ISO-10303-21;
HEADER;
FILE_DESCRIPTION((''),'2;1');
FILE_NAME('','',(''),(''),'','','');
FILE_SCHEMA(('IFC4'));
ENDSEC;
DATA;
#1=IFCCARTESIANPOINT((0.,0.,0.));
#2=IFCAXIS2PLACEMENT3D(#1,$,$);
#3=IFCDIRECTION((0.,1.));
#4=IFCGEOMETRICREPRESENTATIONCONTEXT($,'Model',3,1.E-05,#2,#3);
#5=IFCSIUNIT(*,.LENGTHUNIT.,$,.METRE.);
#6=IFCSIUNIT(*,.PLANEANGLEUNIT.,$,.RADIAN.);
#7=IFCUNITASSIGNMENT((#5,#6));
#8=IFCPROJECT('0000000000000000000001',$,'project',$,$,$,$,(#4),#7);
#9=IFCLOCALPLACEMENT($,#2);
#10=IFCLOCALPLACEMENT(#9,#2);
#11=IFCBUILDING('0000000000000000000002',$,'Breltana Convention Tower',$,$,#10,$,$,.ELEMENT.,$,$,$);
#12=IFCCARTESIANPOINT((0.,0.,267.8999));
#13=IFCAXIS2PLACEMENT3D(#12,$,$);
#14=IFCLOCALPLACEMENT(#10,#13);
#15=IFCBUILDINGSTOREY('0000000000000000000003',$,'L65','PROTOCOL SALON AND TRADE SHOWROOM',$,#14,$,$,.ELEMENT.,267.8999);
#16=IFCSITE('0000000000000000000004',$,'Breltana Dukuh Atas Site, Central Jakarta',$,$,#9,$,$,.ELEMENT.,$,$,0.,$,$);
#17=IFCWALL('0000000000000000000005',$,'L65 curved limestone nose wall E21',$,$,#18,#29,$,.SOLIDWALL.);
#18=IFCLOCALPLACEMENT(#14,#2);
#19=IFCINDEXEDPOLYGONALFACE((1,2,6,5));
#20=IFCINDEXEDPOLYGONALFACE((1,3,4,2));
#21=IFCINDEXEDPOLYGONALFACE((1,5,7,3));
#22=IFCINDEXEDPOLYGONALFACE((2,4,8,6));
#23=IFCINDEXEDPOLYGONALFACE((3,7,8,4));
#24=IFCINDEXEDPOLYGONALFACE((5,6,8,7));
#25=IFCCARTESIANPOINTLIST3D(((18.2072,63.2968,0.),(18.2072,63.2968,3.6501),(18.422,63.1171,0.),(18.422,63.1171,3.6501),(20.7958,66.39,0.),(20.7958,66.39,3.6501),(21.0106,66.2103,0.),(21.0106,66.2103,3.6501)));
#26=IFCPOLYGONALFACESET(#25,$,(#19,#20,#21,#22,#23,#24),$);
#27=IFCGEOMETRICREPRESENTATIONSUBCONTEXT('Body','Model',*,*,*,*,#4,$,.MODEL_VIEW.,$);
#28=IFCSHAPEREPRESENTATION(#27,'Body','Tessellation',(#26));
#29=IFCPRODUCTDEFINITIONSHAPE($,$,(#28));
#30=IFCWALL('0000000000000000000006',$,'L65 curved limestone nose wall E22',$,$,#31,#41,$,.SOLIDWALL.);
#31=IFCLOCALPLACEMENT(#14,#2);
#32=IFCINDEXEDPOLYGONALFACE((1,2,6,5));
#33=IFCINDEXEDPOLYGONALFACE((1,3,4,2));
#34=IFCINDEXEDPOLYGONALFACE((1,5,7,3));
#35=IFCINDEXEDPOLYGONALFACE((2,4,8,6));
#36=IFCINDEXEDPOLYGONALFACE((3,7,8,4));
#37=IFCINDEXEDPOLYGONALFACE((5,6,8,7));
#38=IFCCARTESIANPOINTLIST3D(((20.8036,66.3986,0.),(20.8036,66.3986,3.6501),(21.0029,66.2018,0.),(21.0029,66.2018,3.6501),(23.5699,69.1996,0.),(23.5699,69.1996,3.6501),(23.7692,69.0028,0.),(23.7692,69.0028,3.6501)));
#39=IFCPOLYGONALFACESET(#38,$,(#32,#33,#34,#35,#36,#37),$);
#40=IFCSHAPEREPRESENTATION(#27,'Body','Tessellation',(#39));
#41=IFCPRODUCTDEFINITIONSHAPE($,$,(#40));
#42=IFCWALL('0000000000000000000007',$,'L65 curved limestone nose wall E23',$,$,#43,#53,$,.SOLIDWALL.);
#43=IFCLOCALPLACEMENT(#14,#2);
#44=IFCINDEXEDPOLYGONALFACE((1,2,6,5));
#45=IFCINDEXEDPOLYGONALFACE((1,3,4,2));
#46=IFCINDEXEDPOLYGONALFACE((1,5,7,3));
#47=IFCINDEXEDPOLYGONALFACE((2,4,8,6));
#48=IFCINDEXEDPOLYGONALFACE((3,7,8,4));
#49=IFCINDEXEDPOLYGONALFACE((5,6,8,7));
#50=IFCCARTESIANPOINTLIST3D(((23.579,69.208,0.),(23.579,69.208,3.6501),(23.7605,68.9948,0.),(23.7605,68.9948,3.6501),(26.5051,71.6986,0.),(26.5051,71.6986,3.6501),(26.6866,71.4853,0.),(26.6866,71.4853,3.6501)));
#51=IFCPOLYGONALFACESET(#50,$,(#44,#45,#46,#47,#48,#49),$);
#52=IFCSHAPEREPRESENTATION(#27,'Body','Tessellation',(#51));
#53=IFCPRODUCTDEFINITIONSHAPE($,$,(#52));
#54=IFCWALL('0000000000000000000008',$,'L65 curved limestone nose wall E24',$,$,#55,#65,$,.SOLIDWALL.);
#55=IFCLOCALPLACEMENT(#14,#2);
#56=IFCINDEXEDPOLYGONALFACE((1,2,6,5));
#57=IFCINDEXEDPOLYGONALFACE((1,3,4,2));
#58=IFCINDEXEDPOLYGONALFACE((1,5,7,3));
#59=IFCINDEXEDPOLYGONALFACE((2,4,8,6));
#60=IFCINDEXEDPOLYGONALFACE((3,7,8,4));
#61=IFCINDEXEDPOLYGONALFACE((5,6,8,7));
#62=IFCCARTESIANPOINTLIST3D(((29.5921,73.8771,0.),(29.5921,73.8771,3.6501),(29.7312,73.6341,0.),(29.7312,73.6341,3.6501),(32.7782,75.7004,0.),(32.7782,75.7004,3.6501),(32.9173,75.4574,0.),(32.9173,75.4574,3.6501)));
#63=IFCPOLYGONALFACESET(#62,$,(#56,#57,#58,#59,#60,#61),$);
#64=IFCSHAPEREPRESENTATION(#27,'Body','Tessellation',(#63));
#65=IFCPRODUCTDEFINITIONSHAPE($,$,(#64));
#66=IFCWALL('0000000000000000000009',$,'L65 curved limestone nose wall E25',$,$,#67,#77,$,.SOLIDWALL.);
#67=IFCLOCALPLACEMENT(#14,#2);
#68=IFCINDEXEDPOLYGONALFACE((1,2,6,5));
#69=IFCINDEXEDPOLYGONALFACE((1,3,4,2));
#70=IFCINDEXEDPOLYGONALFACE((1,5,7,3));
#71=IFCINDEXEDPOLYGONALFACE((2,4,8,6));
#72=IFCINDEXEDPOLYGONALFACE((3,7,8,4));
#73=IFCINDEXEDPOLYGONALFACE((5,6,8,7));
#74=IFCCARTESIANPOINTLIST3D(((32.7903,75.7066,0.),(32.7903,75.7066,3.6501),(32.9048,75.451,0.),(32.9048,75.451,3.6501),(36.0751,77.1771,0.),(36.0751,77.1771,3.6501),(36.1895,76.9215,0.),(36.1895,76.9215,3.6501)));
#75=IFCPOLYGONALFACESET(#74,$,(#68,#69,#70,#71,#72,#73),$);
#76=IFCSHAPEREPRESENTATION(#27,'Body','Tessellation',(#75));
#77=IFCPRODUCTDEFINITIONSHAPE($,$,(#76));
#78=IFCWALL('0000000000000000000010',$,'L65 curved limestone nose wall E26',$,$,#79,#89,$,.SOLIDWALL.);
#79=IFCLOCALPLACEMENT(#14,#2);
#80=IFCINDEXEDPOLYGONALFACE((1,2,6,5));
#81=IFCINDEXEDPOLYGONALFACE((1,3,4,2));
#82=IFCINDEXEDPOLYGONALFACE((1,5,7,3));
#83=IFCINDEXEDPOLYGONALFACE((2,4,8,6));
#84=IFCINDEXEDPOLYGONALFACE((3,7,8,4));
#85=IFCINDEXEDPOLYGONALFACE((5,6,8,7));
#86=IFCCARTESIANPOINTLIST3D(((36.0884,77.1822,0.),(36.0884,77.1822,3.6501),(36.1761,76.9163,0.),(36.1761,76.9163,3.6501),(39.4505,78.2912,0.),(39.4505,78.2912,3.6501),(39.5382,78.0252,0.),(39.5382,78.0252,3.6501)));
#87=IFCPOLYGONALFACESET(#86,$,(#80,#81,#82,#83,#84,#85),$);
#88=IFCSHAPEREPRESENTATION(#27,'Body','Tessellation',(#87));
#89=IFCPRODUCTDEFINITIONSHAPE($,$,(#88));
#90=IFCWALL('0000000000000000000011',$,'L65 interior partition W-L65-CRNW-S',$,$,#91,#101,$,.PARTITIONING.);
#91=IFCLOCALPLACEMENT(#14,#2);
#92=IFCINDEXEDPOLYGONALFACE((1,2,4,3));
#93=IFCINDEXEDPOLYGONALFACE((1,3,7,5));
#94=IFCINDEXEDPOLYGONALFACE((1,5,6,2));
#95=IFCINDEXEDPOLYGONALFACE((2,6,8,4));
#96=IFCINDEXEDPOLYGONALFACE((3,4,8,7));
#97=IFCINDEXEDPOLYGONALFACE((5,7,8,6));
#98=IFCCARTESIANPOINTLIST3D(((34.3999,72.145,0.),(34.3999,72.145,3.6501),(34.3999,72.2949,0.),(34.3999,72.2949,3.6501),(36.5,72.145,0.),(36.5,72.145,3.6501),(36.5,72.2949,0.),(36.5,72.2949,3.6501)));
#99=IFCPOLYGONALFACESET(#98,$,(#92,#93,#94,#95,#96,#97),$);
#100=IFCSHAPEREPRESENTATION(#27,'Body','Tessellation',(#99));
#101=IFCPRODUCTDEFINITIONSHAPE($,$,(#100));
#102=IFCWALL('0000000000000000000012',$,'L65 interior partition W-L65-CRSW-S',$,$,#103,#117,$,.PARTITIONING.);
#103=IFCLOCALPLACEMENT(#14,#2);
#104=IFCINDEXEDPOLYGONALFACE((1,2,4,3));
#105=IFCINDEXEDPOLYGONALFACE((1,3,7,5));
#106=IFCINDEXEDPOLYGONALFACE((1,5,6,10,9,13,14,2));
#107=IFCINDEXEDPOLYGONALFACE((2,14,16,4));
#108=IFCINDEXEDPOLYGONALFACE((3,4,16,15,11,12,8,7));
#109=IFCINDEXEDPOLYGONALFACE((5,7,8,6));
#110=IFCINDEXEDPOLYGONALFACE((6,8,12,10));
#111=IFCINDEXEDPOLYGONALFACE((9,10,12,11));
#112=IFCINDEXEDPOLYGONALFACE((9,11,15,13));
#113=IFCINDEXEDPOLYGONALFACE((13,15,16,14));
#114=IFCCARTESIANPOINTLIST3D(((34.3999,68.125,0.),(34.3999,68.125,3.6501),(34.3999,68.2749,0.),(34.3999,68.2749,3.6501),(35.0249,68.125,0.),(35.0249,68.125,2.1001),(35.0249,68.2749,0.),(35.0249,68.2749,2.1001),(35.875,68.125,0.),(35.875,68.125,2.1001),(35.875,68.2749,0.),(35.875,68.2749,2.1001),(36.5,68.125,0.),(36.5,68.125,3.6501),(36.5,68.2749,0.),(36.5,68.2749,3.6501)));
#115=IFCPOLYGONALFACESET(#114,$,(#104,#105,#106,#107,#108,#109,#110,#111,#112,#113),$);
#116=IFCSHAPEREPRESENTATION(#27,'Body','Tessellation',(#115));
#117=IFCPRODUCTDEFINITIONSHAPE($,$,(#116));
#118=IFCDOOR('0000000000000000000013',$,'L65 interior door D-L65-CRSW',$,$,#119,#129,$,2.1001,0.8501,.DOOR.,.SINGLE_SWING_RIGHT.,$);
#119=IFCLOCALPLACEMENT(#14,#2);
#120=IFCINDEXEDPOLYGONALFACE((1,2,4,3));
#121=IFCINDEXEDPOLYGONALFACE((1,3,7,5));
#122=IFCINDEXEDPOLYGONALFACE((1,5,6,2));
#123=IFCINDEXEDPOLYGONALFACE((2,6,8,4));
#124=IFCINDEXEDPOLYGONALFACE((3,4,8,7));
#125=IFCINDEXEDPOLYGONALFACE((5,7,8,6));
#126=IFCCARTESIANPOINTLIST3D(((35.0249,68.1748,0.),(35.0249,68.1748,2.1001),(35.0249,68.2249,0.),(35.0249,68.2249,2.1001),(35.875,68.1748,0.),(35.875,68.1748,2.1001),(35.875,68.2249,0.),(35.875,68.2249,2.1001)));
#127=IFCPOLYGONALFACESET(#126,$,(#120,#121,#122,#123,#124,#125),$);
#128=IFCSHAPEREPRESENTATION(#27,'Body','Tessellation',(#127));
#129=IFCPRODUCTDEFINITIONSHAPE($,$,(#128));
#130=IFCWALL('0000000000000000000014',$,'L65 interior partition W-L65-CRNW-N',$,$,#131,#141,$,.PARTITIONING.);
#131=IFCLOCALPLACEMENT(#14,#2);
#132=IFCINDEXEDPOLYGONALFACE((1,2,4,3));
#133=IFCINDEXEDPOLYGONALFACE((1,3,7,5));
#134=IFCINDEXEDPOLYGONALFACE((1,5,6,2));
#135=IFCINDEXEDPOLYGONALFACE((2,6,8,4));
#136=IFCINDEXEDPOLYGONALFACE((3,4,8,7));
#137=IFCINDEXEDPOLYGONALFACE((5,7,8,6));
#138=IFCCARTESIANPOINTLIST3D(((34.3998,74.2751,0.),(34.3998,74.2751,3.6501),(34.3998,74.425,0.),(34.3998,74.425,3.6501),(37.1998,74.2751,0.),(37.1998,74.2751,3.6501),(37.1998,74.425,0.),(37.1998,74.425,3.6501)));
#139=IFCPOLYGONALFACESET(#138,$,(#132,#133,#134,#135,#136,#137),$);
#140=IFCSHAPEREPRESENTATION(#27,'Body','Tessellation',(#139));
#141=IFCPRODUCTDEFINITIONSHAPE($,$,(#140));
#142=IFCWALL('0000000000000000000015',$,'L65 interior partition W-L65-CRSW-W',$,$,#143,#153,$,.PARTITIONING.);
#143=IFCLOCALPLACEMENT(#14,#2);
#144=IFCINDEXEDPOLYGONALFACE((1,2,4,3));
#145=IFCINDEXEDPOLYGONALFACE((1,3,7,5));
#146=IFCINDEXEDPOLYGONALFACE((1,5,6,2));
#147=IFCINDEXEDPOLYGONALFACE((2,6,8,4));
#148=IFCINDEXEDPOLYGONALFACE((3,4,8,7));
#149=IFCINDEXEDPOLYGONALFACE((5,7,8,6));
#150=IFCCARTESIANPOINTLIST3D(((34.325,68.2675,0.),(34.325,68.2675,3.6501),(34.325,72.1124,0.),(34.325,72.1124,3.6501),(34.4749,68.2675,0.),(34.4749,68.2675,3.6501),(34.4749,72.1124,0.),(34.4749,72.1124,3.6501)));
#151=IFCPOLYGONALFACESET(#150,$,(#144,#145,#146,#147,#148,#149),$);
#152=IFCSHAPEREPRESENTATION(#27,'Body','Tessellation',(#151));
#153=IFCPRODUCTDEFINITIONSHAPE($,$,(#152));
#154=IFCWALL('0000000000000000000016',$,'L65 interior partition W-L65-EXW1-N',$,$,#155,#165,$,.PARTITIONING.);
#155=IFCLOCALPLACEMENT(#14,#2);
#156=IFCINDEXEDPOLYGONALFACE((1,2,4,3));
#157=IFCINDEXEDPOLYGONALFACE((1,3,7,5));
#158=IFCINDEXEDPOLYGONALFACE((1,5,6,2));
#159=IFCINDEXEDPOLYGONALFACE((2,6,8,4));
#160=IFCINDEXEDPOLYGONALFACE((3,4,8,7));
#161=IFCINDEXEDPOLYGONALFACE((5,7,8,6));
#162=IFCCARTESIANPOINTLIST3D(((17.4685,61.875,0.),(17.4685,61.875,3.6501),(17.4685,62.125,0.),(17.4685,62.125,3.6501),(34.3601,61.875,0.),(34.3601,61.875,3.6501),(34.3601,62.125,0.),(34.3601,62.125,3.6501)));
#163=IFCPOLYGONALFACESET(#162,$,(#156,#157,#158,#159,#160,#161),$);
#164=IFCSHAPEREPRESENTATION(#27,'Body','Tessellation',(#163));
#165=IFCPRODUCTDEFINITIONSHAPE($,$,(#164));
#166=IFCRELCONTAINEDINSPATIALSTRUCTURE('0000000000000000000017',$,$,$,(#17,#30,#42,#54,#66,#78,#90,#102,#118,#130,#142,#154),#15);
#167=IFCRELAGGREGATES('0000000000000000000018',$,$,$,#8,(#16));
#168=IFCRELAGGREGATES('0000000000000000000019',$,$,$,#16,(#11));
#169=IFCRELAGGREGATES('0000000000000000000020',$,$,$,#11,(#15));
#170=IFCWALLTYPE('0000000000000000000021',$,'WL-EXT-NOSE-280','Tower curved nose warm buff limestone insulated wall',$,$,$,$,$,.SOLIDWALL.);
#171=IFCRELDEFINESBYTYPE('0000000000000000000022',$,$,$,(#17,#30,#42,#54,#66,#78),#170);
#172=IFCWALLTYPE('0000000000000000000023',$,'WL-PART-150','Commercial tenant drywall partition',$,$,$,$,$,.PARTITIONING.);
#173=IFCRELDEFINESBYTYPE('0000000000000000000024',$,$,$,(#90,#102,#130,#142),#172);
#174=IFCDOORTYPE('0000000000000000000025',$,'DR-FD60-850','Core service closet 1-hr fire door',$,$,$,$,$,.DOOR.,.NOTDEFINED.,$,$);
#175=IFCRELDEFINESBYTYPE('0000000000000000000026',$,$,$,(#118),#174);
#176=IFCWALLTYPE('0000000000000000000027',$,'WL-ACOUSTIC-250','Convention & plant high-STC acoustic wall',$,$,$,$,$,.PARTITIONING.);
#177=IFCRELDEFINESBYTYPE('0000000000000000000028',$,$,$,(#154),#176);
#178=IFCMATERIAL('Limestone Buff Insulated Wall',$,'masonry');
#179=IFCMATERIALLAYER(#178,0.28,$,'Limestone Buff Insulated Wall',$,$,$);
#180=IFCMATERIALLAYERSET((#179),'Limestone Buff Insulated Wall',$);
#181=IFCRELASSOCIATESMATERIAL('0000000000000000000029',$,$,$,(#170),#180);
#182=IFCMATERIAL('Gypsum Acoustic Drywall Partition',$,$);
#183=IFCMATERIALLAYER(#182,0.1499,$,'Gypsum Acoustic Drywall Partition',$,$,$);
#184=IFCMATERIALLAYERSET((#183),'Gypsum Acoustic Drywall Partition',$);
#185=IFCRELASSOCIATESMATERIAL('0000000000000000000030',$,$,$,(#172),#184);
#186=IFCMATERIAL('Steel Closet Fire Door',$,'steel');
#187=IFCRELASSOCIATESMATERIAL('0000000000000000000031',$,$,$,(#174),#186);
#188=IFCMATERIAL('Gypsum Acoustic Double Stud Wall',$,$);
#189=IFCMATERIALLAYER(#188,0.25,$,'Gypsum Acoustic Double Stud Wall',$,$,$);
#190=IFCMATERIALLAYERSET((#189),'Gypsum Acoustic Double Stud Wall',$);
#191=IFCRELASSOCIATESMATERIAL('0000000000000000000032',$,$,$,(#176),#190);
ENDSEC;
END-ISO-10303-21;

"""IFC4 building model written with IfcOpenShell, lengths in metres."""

from ifc_helpers import new_model, si_unit, direction, frame, frame_2d, origin, place, context, subcontext, project, spatial, rectangle, extrude, source, transform, mapped, material, layer, layer_set, type_object, type_shapes, element, fill, save


model = new_model("IFC4")

# Units and contexts
model_context = context("Model", 3, precision=1e-05, world=origin(), true_north=direction((0.0, 1.0)))
body_context = subcontext(model_context, "Body", "Model", "MODEL_VIEW")
ifc_project = project(units=[si_unit("LENGTHUNIT", "METRE"), si_unit("PLANEANGLEUNIT", "RADIAN")], contexts=[model_context])

# Site, building, storey
site_placement = place(None, origin())
site = spatial("IfcSite", under=ifc_project, at=site_placement, Name="Breltana Dukuh Atas Site, Central Jakarta", CompositionType="ELEMENT", RefElevation=0.0)
building_placement = place(site_placement, origin())
building = spatial("IfcBuilding", under=site, at=building_placement, Name="Breltana Convention Tower", CompositionType="ELEMENT")
storey_placement = place(building_placement, frame((0.0, 0.0, 267.8999)))
storey = spatial("IfcBuildingStorey", under=building, at=storey_placement, Name="L65", Description="PROTOCOL SALON AND TRADE SHOWROOM", CompositionType="ELEMENT", Elevation=267.8999)

# Walls
ifc_material_1 = material(Name="Limestone Buff Insulated Wall", Category="masonry")
ifc_layer_1 = layer(ifc_material_1, 0.28, Name="Limestone Buff Insulated Wall")
ifc_layer_set_1 = layer_set([ifc_layer_1], Name="Limestone Buff Insulated Wall")
wall_type_1 = type_object("IfcWallType", Name="WL-EXT-NOSE-280", Description="Tower curved nose warm buff limestone insulated wall", PredefinedType="SOLIDWALL", material=ifc_layer_set_1)
shared_shape_1 = source(origin(), body_context, "Body", "SweptSolid", [
    extrude(rectangle(XDim=4.0334, YDim=0.28, at=frame_2d((2.0166, 0.0))), origin(), (0.0, 0.0, 1.0), 3.6501),
])
wall_1_placement = place(storey_placement, frame((18.3147, 63.207, 0.0), z_axis=(0.0, 0.0, 1.0), x_axis=(0.641779, 0.76689, 0.0)))
element("IfcWall", 1, at=wall_1_placement, inside=storey, type_object=wall_type_1, Name="L65 curved limestone nose wall E21", PredefinedType="SOLIDWALL", context=body_context, shape_type="MappedRepresentation", body=[
    mapped(shared_shape_1, transform((0.0, 0.0, 0.0), scale=1.0)),
])
shared_shape_2 = source(origin(), body_context, "Body", "SweptSolid", [
    extrude(rectangle(XDim=3.9368, YDim=0.28, at=frame_2d((1.9683, 0.0))), origin(), (0.0, 0.0, 1.0), 3.6501),
])
wall_2_placement = place(storey_placement, frame((20.9033, 66.3003, 0.0), z_axis=(0.0, 0.0, 1.0), x_axis=(0.70269, 0.711496, 0.0)))
element("IfcWall", 2, at=wall_2_placement, inside=storey, type_object=wall_type_1, Name="L65 curved limestone nose wall E22", PredefinedType="SOLIDWALL", context=body_context, shape_type="MappedRepresentation", body=[
    mapped(shared_shape_2, transform((0.0, 0.0, 0.0), scale=1.0)),
])
shared_shape_3 = source(origin(), body_context, "Body", "SweptSolid", [
    extrude(rectangle(XDim=3.8425, YDim=0.28, at=frame_2d((1.9214, 0.0))), origin(), (0.0, 0.0, 1.0), 3.6501),
])
wall_3_placement = place(storey_placement, frame((23.6697, 69.1013, 0.0), z_axis=(0.0, 0.0, 1.0), x_axis=(0.761508, 0.648155, 0.0)))
element("IfcWall", 3, at=wall_3_placement, inside=storey, type_object=wall_type_1, Name="L65 curved limestone nose wall E23", PredefinedType="SOLIDWALL", context=body_context, shape_type="MappedRepresentation", body=[
    mapped(shared_shape_3, transform((0.0, 0.0, 0.0), scale=1.0)),
])
shared_shape_4 = source(origin(), body_context, "Body", "SweptSolid", [
    extrude(rectangle(XDim=3.6709, YDim=0.28, at=frame_2d((1.8354, 0.0))), origin(), (0.0, 0.0, 1.0), 3.6501),
])
wall_4_placement = place(storey_placement, frame((29.6616, 73.7556, 0.0), z_axis=(0.0, 0.0, 1.0), x_axis=(0.867932, 0.496683, 0.0)))
element("IfcWall", 4, at=wall_4_placement, inside=storey, type_object=wall_type_1, Name="L65 curved limestone nose wall E24", PredefinedType="SOLIDWALL", context=body_context, shape_type="MappedRepresentation", body=[
    mapped(shared_shape_4, transform((0.0, 0.0, 0.0), scale=1.0)),
])
shared_shape_5 = source(origin(), body_context, "Body", "SweptSolid", [
    extrude(rectangle(XDim=3.5989, YDim=0.28, at=frame_2d((1.7993, 0.0))), origin(), (0.0, 0.0, 1.0), 3.6501),
])
wall_5_placement = place(storey_placement, frame((32.8477, 75.5789, 0.0), z_axis=(0.0, 0.0, 1.0), x_axis=(0.912714, 0.408598, 0.0)))
element("IfcWall", 5, at=wall_5_placement, inside=storey, type_object=wall_type_1, Name="L65 curved limestone nose wall E25", PredefinedType="SOLIDWALL", context=body_context, shape_type="MappedRepresentation", body=[
    mapped(shared_shape_5, transform((0.0, 0.0, 0.0), scale=1.0)),
])
shared_shape_6 = source(origin(), body_context, "Body", "SweptSolid", [
    extrude(rectangle(XDim=3.5403, YDim=0.28, at=frame_2d((1.77, 0.0))), origin(), (0.0, 0.0, 1.0), 3.6501),
])
wall_6_placement = place(storey_placement, frame((36.1323, 77.0493, 0.0), z_axis=(0.0, 0.0, 1.0), x_axis=(0.949679, 0.313226, 0.0)))
element("IfcWall", 6, at=wall_6_placement, inside=storey, type_object=wall_type_1, Name="L65 curved limestone nose wall E26", PredefinedType="SOLIDWALL", context=body_context, shape_type="MappedRepresentation", body=[
    mapped(shared_shape_6, transform((0.0, 0.0, 0.0), scale=1.0)),
])
ifc_material_2 = material(Name="Gypsum Acoustic Drywall Partition")
ifc_layer_2 = layer(ifc_material_2, 0.1499, Name="Gypsum Acoustic Drywall Partition")
ifc_layer_set_2 = layer_set([ifc_layer_2], Name="Gypsum Acoustic Drywall Partition")
wall_type_2 = type_object("IfcWallType", Name="WL-PART-150", Description="Commercial tenant drywall partition", PredefinedType="PARTITIONING", material=ifc_layer_set_2)
shared_shape_7 = source(origin(), body_context, "Body", "SweptSolid", [
    extrude(rectangle(XDim=2.1001, YDim=0.1499, at=frame_2d((1.05, 0.0))), origin(), (0.0, 0.0, 1.0), 3.6501),
])
wall_7_placement = place(storey_placement, frame((34.3999, 72.22, 0.0), z_axis=(0.0, 0.0, 1.0), x_axis=(1.0, 0.0, 0.0)))
element("IfcWall", 7, at=wall_7_placement, inside=storey, type_object=wall_type_2, Name="L65 interior partition W-L65-CRNW-S", PredefinedType="PARTITIONING", context=body_context, shape_type="MappedRepresentation", body=[
    mapped(shared_shape_7, transform((0.0, 0.0, 0.0), scale=1.0)),
])

# Wall, opening, door
wall_8_placement = place(storey_placement, frame((34.3999, 68.2, 0.0), z_axis=(0.0, 0.0, 1.0), x_axis=(1.0, 0.0, 0.0)))
wall_8 = element("IfcWall", 8, at=wall_8_placement, inside=storey, type_object=wall_type_2, Name="L65 interior partition W-L65-CRSW-S", PredefinedType="PARTITIONING", context=body_context, shape_type="MappedRepresentation", body=[
    mapped(shared_shape_7, transform((0.0, 0.0, 0.0), scale=1.0)),
])
opening_1_placement = place(wall_8_placement, frame((0.625, 0.0, 0.0)))
opening_1 = element("IfcOpeningElement", 9, at=opening_1_placement, cuts=wall_8, PredefinedType="OPENING", context=body_context, shape_type="SweptSolid", body=[
    extrude(rectangle(XDim=0.8501, YDim=2.1001, at=frame_2d((0.425, 1.05))), frame((0.0, 0.085, 0.0), z_axis=(0.0, -1.0, 0.0), x_axis=(1.0, 0.0, 0.0)), (0.0, 0.0, 1.0), 0.1699),
])
ifc_material_3 = material(Name="Steel Closet Fire Door", Category="steel")
door_type_1 = type_object("IfcDoorType", Name="DR-FD60-850", Description="Core service closet 1-hr fire door", OperationType="NOTDEFINED", PredefinedType="DOOR", material=ifc_material_3)
shared_shape_8 = source(origin(), body_context, "Body", "SweptSolid", [
    extrude(rectangle(XDim=0.8501, YDim=2.1001, at=frame_2d((0.425, 1.05))), frame((0.0, 0.0249, 0.0), z_axis=(0.0, -1.0, 0.0), x_axis=(1.0, 0.0, 0.0)), (0.0, 0.0, 1.0), 0.05),
])
type_shapes(door_type_1, [shared_shape_8])
door_1_placement = place(opening_1_placement, origin())
door_1 = element("IfcDoor", 10, at=door_1_placement, inside=storey, type_object=door_type_1, Name="L65 interior door D-L65-CRSW", OperationType="SINGLE_SWING_RIGHT", OverallHeight=2.1001, OverallWidth=0.8501, PredefinedType="DOOR", context=body_context, shape_type="MappedRepresentation", body=[
    mapped(shared_shape_8, transform((0.0, 0.0, 0.0), scale=1.0)),
])
fill(opening_1, door_1)

# Wall
shared_shape_9 = source(origin(), body_context, "Body", "SweptSolid", [
    extrude(rectangle(XDim=2.8, YDim=0.1499, at=frame_2d((1.3999, 0.0))), origin(), (0.0, 0.0, 1.0), 3.6501),
])
wall_9_placement = place(storey_placement, frame((34.3999, 74.3501, 0.0), z_axis=(0.0, 0.0, 1.0), x_axis=(1.0, 0.0, 0.0)))
element("IfcWall", 11, at=wall_9_placement, inside=storey, type_object=wall_type_2, Name="L65 interior partition W-L65-CRNW-N", PredefinedType="PARTITIONING", context=body_context, shape_type="MappedRepresentation", body=[
    mapped(shared_shape_9, transform((0.0, 0.0, 0.0), scale=1.0)),
])

# Walls
shared_shape_10 = source(origin(), body_context, "Body", "SweptSolid", [
    extrude(rectangle(XDim=3.845, YDim=0.1499, at=frame_2d((1.9224, 0.0))), origin(), (0.0, 0.0, 1.0), 3.6501),
])
wall_10_placement = place(storey_placement, frame((34.3999, 68.2676, 0.0), z_axis=(0.0, 0.0, 1.0), x_axis=(0.0, 1.0, 0.0)))
element("IfcWall", 12, at=wall_10_placement, inside=storey, type_object=wall_type_2, Name="L65 interior partition W-L65-CRSW-W", PredefinedType="PARTITIONING", context=body_context, shape_type="MappedRepresentation", body=[
    mapped(shared_shape_10, transform((0.0, 0.0, 0.0), scale=1.0)),
])
ifc_material_4 = material(Name="Gypsum Acoustic Double Stud Wall")
ifc_layer_3 = layer(ifc_material_4, 0.25, Name="Gypsum Acoustic Double Stud Wall")
ifc_layer_set_3 = layer_set([ifc_layer_3], Name="Gypsum Acoustic Double Stud Wall")
wall_type_3 = type_object("IfcWallType", Name="WL-ACOUSTIC-250", Description="Convention & plant high-STC acoustic wall", PredefinedType="PARTITIONING", material=ifc_layer_set_3)
shared_shape_11 = source(origin(), body_context, "Body", "SweptSolid", [
    extrude(rectangle(XDim=16.8916, YDim=0.25, at=frame_2d((8.4458, 0.0))), origin(), (0.0, 0.0, 1.0), 3.6501),
])
wall_11_placement = place(storey_placement, frame((17.4685, 62.0, 0.0), z_axis=(0.0, 0.0, 1.0), x_axis=(1.0, 0.0, 0.0)))
element("IfcWall", 13, at=wall_11_placement, inside=storey, type_object=wall_type_3, Name="L65 interior partition W-L65-EXW1-N", PredefinedType="PARTITIONING", context=body_context, shape_type="MappedRepresentation", body=[
    mapped(shared_shape_11, transform((0.0, 0.0, 0.0), scale=1.0)),
])

save(model, "model.ifc")
